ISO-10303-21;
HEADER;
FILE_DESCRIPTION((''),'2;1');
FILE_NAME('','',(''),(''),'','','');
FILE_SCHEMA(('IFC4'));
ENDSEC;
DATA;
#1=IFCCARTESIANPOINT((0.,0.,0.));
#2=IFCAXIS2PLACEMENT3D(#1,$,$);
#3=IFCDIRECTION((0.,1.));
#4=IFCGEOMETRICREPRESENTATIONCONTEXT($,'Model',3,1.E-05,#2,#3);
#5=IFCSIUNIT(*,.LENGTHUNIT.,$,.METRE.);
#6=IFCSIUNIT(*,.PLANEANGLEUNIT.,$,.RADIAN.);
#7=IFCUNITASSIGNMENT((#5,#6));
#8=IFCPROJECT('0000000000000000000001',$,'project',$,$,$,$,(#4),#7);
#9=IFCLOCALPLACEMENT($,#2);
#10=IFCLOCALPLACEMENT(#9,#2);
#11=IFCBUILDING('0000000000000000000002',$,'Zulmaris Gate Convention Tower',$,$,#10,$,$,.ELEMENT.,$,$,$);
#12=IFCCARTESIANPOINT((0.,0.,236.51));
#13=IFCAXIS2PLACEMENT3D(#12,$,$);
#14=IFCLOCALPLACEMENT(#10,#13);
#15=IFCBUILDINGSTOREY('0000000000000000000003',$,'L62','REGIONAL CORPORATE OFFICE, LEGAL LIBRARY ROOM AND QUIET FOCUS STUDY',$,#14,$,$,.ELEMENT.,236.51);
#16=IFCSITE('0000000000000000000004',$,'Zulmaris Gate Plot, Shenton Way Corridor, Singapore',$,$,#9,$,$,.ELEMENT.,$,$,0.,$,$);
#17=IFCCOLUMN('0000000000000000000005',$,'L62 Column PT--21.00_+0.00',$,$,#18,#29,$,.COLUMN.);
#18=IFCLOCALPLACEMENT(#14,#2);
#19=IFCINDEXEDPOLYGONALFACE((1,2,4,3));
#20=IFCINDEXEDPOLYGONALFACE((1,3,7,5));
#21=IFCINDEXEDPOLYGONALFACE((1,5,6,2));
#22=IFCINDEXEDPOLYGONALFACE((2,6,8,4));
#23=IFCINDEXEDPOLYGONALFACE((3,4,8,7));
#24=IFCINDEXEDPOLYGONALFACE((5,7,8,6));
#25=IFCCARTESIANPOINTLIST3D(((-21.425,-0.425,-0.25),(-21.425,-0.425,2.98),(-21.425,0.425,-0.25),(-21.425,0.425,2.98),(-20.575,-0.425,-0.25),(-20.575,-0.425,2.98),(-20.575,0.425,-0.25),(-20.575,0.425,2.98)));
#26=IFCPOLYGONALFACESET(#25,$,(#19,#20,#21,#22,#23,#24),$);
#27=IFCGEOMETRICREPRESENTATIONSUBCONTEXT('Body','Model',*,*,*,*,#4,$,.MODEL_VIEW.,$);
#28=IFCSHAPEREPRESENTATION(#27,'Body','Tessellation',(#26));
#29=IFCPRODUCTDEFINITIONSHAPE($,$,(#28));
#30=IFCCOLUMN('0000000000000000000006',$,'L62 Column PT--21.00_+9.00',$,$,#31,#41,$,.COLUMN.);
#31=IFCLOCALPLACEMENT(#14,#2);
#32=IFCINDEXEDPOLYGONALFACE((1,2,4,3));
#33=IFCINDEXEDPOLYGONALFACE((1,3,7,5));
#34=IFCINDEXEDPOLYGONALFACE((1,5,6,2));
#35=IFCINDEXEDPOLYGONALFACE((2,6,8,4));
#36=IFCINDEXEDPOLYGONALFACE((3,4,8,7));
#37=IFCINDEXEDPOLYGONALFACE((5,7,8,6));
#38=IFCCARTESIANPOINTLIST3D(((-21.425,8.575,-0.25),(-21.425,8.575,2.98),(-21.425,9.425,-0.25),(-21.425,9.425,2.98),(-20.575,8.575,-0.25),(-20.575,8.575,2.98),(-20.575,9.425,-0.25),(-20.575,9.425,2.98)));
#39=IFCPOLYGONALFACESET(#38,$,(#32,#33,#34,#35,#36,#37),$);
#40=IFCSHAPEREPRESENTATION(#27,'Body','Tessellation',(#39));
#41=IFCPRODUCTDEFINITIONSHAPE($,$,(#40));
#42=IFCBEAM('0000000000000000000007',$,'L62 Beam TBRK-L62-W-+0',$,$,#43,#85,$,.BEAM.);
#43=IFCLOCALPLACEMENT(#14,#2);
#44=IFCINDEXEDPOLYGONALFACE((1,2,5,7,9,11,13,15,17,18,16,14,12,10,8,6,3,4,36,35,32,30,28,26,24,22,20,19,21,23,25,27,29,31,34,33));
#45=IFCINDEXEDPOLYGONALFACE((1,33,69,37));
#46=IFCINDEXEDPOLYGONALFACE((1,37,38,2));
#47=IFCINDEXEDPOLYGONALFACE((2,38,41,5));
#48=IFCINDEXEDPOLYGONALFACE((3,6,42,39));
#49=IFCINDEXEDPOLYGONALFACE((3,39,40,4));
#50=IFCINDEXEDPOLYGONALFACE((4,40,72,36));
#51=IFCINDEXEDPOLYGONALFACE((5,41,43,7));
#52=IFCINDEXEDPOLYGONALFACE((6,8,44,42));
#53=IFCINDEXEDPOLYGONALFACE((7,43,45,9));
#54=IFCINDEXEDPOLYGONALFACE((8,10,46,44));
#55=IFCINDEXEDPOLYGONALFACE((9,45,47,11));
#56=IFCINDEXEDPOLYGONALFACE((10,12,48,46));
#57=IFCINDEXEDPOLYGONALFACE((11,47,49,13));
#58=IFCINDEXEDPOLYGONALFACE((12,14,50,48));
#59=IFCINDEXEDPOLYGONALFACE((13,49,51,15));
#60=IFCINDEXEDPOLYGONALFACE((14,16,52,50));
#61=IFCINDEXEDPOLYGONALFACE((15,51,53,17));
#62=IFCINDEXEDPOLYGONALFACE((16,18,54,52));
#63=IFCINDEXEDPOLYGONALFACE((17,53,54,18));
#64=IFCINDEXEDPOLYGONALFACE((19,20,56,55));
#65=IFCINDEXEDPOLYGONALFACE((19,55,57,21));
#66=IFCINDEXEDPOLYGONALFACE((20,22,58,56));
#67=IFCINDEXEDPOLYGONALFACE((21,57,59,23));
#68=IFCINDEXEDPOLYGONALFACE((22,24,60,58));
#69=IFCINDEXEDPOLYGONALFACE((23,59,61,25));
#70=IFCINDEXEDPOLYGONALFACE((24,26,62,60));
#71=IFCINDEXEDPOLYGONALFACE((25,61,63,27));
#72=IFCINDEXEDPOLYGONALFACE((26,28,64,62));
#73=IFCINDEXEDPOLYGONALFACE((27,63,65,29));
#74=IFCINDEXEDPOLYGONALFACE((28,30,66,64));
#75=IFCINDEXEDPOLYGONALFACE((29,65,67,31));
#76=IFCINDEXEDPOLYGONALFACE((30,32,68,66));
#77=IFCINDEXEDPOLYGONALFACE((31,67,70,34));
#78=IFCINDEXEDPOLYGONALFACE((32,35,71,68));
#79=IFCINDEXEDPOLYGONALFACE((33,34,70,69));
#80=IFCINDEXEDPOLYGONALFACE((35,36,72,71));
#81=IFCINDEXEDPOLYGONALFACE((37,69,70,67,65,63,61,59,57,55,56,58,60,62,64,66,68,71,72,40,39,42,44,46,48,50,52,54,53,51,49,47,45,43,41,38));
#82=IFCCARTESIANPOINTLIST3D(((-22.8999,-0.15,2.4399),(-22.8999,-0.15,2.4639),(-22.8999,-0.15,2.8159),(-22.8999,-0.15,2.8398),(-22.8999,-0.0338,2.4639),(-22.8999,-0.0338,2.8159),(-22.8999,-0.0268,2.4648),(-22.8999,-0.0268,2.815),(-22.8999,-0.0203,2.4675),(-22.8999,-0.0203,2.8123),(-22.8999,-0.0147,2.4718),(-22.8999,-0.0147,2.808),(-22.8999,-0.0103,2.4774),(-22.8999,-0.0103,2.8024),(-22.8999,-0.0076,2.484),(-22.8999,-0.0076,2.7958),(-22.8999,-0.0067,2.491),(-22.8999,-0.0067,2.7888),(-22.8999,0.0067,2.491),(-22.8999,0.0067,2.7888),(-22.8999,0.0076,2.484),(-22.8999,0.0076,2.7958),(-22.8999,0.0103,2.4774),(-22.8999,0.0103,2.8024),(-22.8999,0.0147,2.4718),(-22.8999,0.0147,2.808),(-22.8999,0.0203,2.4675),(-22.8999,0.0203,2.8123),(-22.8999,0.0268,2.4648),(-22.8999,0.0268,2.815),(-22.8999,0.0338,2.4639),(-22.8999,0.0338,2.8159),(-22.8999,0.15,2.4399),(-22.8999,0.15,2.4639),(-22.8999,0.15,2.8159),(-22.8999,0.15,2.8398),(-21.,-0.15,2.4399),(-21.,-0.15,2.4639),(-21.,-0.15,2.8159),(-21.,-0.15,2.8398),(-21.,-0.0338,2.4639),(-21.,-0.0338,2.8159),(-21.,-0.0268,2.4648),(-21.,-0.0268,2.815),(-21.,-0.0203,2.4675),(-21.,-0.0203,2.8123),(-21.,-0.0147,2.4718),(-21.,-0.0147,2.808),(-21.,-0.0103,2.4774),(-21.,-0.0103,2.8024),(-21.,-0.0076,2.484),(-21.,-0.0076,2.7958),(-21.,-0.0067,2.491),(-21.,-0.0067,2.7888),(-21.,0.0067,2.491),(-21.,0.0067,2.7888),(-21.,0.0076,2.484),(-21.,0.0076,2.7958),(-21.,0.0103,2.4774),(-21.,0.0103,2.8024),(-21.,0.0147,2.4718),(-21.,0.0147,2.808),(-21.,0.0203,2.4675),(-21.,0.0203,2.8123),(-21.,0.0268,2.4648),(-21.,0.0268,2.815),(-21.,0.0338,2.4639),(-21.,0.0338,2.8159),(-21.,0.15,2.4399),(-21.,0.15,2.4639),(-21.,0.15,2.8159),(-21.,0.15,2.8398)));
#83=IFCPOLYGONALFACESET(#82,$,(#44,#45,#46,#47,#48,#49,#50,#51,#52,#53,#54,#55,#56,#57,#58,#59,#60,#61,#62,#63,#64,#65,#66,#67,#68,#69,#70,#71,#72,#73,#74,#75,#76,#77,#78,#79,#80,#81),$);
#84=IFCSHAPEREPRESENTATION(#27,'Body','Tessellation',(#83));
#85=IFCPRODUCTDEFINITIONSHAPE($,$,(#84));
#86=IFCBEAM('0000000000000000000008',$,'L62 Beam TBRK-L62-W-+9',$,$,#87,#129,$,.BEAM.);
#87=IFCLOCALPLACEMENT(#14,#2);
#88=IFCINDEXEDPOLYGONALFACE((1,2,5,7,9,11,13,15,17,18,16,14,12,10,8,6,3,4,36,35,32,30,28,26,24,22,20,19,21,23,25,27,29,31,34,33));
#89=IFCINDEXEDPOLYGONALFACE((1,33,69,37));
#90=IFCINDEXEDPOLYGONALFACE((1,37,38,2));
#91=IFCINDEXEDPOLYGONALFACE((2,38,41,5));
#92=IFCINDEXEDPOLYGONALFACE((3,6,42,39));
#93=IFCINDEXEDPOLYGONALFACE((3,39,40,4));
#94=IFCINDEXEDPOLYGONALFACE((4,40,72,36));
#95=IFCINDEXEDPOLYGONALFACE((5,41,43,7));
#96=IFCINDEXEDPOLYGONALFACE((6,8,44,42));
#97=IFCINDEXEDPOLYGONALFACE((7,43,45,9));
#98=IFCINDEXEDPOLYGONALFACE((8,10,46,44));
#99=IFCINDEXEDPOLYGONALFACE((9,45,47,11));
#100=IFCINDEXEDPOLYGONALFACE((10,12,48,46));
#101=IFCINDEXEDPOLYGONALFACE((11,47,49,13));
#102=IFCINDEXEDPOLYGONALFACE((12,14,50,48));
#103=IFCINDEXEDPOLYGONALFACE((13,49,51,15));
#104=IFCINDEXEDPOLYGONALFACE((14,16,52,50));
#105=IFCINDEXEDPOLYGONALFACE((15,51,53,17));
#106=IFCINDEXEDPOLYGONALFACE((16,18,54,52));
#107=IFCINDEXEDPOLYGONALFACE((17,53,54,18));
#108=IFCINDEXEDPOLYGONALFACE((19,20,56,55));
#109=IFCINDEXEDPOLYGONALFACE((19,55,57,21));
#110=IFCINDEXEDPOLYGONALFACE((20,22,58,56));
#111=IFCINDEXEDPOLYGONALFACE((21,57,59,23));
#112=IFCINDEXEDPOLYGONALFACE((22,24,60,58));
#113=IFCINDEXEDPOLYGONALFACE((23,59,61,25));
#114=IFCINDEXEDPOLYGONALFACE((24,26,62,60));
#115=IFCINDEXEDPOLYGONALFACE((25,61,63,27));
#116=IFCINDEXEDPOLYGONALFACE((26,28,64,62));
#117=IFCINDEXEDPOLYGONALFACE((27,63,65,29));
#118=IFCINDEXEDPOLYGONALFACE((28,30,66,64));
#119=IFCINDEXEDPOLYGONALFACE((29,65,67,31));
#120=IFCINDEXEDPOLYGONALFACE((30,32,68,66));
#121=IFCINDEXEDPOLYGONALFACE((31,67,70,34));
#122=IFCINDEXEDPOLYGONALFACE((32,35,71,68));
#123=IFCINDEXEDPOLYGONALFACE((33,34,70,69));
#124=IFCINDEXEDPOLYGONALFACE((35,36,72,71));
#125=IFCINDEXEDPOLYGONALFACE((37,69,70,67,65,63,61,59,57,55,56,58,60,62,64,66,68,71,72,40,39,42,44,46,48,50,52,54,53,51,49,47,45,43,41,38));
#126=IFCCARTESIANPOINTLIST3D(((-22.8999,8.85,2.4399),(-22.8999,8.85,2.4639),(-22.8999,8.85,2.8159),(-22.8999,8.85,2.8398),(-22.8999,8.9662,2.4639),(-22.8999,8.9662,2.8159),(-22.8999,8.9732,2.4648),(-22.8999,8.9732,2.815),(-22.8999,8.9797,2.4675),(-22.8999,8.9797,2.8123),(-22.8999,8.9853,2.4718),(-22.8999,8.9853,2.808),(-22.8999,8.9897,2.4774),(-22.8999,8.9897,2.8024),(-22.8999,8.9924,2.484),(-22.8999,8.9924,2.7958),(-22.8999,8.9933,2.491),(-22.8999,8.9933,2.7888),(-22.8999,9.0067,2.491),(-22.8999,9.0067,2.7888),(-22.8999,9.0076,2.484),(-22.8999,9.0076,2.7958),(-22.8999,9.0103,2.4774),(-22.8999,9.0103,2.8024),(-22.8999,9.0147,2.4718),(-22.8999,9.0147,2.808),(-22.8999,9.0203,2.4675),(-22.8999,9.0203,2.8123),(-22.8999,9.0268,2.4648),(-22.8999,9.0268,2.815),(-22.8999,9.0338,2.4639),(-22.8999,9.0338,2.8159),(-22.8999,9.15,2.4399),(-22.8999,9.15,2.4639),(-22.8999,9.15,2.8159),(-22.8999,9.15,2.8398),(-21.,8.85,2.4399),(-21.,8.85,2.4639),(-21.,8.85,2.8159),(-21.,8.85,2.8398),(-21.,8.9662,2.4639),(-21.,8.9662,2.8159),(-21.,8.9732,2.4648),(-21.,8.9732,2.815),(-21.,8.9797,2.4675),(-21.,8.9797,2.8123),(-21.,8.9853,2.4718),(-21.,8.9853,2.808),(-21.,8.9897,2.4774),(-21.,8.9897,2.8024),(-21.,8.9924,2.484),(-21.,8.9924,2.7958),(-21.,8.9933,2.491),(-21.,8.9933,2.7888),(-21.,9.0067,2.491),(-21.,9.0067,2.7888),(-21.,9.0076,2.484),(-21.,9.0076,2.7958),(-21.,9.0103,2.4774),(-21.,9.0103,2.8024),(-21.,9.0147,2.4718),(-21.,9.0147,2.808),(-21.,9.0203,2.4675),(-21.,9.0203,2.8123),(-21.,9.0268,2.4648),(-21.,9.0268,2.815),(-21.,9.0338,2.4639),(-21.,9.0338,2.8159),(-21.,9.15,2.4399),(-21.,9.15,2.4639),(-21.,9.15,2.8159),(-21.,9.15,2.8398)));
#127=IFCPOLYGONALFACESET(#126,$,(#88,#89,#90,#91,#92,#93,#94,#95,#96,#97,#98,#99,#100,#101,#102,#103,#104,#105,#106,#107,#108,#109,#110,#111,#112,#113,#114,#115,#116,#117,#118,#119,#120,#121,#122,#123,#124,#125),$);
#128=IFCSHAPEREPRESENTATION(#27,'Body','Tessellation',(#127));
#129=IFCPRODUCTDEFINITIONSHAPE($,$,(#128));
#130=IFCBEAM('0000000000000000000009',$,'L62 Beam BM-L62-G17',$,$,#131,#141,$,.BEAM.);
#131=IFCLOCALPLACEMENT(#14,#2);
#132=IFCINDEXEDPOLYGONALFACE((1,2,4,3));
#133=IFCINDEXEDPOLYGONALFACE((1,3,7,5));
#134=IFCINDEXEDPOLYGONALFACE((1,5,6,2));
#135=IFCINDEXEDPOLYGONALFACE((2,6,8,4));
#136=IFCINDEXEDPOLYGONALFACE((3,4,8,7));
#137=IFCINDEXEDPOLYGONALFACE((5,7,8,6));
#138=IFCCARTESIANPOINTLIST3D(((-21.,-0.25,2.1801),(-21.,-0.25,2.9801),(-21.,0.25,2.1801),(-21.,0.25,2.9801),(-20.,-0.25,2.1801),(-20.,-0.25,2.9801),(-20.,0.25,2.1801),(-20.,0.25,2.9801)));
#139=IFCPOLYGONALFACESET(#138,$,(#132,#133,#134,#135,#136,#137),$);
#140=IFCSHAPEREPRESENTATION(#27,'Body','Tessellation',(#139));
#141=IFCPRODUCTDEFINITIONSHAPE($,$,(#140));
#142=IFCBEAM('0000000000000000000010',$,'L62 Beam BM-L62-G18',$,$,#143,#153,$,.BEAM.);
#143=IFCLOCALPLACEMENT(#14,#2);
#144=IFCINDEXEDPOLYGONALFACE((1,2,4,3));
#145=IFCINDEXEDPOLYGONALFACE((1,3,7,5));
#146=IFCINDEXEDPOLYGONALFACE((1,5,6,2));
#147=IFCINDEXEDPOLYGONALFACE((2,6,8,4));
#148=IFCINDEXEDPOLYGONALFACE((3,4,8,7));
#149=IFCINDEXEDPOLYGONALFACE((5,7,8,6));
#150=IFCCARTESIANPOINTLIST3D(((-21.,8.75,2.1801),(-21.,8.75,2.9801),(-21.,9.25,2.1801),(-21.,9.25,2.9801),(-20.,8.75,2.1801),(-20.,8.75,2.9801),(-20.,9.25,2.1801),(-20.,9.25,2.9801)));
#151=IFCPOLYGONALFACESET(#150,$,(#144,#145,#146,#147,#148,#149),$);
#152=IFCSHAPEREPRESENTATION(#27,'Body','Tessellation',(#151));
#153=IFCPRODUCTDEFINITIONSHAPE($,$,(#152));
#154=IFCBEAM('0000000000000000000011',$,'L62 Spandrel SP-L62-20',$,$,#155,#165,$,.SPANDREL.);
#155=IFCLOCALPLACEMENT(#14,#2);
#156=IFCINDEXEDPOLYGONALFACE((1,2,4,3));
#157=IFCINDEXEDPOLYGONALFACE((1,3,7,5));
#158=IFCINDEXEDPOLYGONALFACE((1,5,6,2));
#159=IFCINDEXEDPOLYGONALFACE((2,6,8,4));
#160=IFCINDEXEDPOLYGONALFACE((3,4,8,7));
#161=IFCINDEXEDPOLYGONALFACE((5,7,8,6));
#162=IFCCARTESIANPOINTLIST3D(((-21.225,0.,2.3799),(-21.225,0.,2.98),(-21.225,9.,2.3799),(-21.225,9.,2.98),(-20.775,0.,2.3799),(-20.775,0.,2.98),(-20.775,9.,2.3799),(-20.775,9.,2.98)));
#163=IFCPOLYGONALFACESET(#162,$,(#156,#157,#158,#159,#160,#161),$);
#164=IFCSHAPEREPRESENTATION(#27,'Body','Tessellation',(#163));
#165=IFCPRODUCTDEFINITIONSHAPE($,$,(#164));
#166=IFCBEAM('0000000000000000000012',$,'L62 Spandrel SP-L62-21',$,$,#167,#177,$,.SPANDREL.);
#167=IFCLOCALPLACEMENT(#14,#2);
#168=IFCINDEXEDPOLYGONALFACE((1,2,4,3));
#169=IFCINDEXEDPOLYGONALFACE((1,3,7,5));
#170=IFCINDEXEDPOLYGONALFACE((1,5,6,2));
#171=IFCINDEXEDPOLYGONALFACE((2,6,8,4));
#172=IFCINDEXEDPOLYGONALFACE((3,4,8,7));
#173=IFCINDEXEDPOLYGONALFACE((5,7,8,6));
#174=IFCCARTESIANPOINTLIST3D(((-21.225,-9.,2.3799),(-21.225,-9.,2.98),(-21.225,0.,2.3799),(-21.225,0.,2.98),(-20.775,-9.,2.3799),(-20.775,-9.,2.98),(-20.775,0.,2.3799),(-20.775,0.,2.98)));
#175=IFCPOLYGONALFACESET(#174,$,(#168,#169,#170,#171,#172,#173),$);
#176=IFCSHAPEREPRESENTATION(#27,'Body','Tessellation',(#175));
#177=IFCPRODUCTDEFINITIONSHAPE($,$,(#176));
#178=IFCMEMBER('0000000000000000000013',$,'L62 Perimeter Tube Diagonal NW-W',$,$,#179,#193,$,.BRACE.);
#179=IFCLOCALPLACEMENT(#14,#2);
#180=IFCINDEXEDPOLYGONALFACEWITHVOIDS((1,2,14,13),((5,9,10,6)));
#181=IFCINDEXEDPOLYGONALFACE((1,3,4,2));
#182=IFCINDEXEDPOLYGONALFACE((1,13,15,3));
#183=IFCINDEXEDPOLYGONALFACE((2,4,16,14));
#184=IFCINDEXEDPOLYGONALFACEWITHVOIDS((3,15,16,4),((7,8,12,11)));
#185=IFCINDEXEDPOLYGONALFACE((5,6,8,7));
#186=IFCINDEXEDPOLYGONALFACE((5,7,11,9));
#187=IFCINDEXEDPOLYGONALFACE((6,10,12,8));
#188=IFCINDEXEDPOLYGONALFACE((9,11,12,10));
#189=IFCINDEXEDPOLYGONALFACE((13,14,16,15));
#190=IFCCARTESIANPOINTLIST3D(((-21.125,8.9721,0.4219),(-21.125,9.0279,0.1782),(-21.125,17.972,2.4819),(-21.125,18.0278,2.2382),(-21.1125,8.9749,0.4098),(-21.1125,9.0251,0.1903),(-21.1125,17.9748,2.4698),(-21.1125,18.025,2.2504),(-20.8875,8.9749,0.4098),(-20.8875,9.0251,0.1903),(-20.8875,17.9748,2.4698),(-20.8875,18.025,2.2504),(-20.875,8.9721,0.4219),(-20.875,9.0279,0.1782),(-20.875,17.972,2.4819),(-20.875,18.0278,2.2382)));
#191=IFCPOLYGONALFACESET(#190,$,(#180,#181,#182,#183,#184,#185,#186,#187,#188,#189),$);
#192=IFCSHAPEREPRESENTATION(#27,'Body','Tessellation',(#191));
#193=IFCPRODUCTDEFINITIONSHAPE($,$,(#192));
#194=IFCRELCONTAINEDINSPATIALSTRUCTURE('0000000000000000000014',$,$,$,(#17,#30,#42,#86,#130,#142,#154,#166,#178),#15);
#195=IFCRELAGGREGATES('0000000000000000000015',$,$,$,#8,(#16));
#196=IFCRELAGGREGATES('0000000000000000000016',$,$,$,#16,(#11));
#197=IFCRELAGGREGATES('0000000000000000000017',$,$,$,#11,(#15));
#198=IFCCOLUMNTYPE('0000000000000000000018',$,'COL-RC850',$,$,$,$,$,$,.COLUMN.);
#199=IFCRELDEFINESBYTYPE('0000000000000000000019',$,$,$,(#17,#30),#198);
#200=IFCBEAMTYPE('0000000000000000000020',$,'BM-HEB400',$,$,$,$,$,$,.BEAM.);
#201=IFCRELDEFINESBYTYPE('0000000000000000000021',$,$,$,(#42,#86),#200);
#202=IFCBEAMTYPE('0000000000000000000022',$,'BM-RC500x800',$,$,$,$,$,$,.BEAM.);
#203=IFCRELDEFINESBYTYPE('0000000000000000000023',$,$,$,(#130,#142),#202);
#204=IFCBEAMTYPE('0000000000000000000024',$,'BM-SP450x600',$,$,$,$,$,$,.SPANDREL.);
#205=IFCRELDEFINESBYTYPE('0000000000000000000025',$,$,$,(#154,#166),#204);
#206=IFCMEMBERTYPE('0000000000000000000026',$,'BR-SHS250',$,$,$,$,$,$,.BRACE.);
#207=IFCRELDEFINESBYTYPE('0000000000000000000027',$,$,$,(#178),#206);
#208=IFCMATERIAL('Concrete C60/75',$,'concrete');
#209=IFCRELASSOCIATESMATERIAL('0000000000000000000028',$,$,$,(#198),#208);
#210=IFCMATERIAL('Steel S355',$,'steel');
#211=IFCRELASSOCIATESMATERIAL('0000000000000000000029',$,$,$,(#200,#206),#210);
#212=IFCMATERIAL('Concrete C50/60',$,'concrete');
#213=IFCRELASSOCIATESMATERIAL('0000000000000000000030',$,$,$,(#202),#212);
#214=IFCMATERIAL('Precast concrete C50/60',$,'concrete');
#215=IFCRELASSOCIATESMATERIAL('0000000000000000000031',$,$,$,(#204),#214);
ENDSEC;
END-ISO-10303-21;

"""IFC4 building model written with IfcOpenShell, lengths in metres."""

from ifc_helpers import new_model, si_unit, direction, frame, origin, origin_2d, place, context, subcontext, project, spatial, rectangle, hollow_rectangle, i_section, extrude, material, material_profile, profile_set, type_object, element, save


model = new_model("IFC4")

# Units and contexts
model_context = context("Model", 3, precision=1e-05, world=origin(), true_north=direction((0.0, 1.0)))
body_context = subcontext(model_context, "Body", "Model", "MODEL_VIEW")
ifc_project = project(units=[si_unit("LENGTHUNIT", "METRE"), si_unit("PLANEANGLEUNIT", "RADIAN")], contexts=[model_context])

# Site, building, storey
site_placement = place(None, origin())
site = spatial("IfcSite", under=ifc_project, at=site_placement, Name="Zulmaris Gate Plot, Shenton Way Corridor, Singapore", CompositionType="ELEMENT", RefElevation=0.0)
building_placement = place(site_placement, origin())
building = spatial("IfcBuilding", under=site, at=building_placement, Name="Zulmaris Gate Convention Tower", CompositionType="ELEMENT")
storey_placement = place(building_placement, frame((0.0, 0.0, 236.51)))
storey = spatial("IfcBuildingStorey", under=building, at=storey_placement, Name="L62", Description="REGIONAL CORPORATE OFFICE, LEGAL LIBRARY ROOM AND QUIET FOCUS STUDY", CompositionType="ELEMENT", Elevation=236.51)

# Columns
ifc_material_1 = material(Name="Concrete C60/75", Category="concrete")
ifc_material_profile_1 = material_profile(ifc_material_1, rectangle(XDim=0.8501, YDim=0.8501, at=origin_2d()), Name="RC COL 850x850")
ifc_profile_set_1 = profile_set([ifc_material_profile_1], Name="Concrete C60/75")
column_type = type_object("IfcColumnType", Name="COL-RC850", PredefinedType="COLUMN", material=ifc_profile_set_1)
for number, where, z_axis, x_axis, name in (
    (1, (-21.0, 0.0, -0.25), (0.0, 0.0, 1.0), (1.0, 0.0, 0.0), "L62 Column PT--21.00_+0.00"),
    (2, (-21.0, 9.0, -0.25), (0.0, 0.0, 1.0), (1.0, 0.0, 0.0), "L62 Column PT--21.00_+9.00"),
):
    element("IfcColumn", number, at=place(storey_placement, frame(where, z_axis=z_axis, x_axis=x_axis)), inside=storey, type_object=column_type, Name=name, PredefinedType="COLUMN", context=body_context, shape_type="SweptSolid", body=[
        extrude(rectangle(XDim=0.8501, YDim=0.8501, at=origin_2d()), origin(), (0.0, 0.0, 1.0), 3.23),
    ])

# Beams
ifc_material_2 = material(Name="Steel S355", Category="steel")
ifc_material_profile_2 = material_profile(ifc_material_2, i_section(OverallWidth=0.3, OverallDepth=0.3999, WebThickness=0.0134, FlangeThickness=0.0239, FilletRadius=0.0271, at=origin_2d()), Name="HEB 400")
ifc_profile_set_2 = profile_set([ifc_material_profile_2], Name="Steel S355")
beam_type_1 = type_object("IfcBeamType", Name="BM-HEB400", PredefinedType="BEAM", material=ifc_profile_set_2)
for number, where, z_axis, x_axis, name in (
    (3, (-22.8999, 0.0, 2.6399), (1.0, 0.0, 0.0), (0.0, 1.0, 0.0), "L62 Beam TBRK-L62-W-+0"),
    (4, (-22.8999, 9.0, 2.6399), (1.0, 0.0, 0.0), (0.0, 1.0, 0.0), "L62 Beam TBRK-L62-W-+9"),
):
    element("IfcBeam", number, at=place(storey_placement, frame(where, z_axis=z_axis, x_axis=x_axis)), inside=storey, type_object=beam_type_1, Name=name, PredefinedType="BEAM", context=body_context, shape_type="SweptSolid", body=[
        extrude(i_section(OverallWidth=0.3, OverallDepth=0.3999, WebThickness=0.0134, FlangeThickness=0.0239, FilletRadius=0.0271, at=origin_2d()), origin(), (0.0, 0.0, 1.0), 1.8999),
    ])
ifc_material_3 = material(Name="Concrete C50/60", Category="concrete")
ifc_material_profile_3 = material_profile(ifc_material_3, rectangle(XDim=0.5, YDim=0.8, at=origin_2d()), Name="RC BEAM 500x800")
ifc_profile_set_3 = profile_set([ifc_material_profile_3], Name="Concrete C50/60")
beam_type_2 = type_object("IfcBeamType", Name="BM-RC500x800", PredefinedType="BEAM", material=ifc_profile_set_3)
for number, where, z_axis, x_axis, name in (
    (5, (-21.0, 0.0, 2.5801), (1.0, 0.0, 0.0), (0.0, 1.0, 0.0), "L62 Beam BM-L62-G17"),
    (6, (-21.0, 9.0, 2.5801), (1.0, 0.0, 0.0), (0.0, 1.0, 0.0), "L62 Beam BM-L62-G18"),
):
    element("IfcBeam", number, at=place(storey_placement, frame(where, z_axis=z_axis, x_axis=x_axis)), inside=storey, type_object=beam_type_2, Name=name, PredefinedType="BEAM", context=body_context, shape_type="SweptSolid", body=[
        extrude(rectangle(XDim=0.5, YDim=0.8, at=origin_2d()), origin(), (0.0, 0.0, 1.0), 1.0),
    ])
ifc_material_4 = material(Name="Precast concrete C50/60", Category="concrete")
ifc_material_profile_4 = material_profile(ifc_material_4, rectangle(XDim=0.45, YDim=0.6001, at=origin_2d()), Name="RC SPANDREL 450x600")
ifc_profile_set_4 = profile_set([ifc_material_profile_4], Name="Precast concrete C50/60")
beam_type_3 = type_object("IfcBeamType", Name="BM-SP450x600", PredefinedType="SPANDREL", material=ifc_profile_set_4)
for number, where, z_axis, x_axis, name in (
    (7, (-21.0, 9.0, 2.6799), (0.0, -1.0, 0.0), (1.0, 0.0, 0.0), "L62 Spandrel SP-L62-20"),
    (8, (-21.0, 0.0, 2.6799), (0.0, -1.0, 0.0), (1.0, 0.0, 0.0), "L62 Spandrel SP-L62-21"),
):
    element("IfcBeam", number, at=place(storey_placement, frame(where, z_axis=z_axis, x_axis=x_axis)), inside=storey, type_object=beam_type_3, Name=name, PredefinedType="SPANDREL", context=body_context, shape_type="SweptSolid", body=[
        extrude(rectangle(XDim=0.45, YDim=0.6001, at=origin_2d()), origin(), (0.0, 0.0, 1.0), 9.0),
    ])

# Member
ifc_material_profile_5 = material_profile(ifc_material_2, hollow_rectangle(XDim=0.25, YDim=0.25, WallThickness=0.0125, at=origin_2d()), Name="SHS 250x250x12.5")
ifc_profile_set_5 = profile_set([ifc_material_profile_5], Name="Steel S355")
member_type = type_object("IfcMemberType", Name="BR-SHS250", PredefinedType="BRACE", material=ifc_profile_set_5)
member_placement = place(storey_placement, frame((-21.0, 9.0, 0.3), z_axis=(0.0, 0.97479, 0.223125), x_axis=(-1.0, 0.0, 0.0)))
element("IfcMember", 9, at=member_placement, inside=storey, type_object=member_type, Name="L62 Perimeter Tube Diagonal NW-W", PredefinedType="BRACE", context=body_context, shape_type="SweptSolid", body=[
    extrude(hollow_rectangle(XDim=0.25, YDim=0.25, WallThickness=0.0125, at=origin_2d()), origin(), (0.0, 0.0, 1.0), 9.2327),
])

save(model, "model.ifc")
